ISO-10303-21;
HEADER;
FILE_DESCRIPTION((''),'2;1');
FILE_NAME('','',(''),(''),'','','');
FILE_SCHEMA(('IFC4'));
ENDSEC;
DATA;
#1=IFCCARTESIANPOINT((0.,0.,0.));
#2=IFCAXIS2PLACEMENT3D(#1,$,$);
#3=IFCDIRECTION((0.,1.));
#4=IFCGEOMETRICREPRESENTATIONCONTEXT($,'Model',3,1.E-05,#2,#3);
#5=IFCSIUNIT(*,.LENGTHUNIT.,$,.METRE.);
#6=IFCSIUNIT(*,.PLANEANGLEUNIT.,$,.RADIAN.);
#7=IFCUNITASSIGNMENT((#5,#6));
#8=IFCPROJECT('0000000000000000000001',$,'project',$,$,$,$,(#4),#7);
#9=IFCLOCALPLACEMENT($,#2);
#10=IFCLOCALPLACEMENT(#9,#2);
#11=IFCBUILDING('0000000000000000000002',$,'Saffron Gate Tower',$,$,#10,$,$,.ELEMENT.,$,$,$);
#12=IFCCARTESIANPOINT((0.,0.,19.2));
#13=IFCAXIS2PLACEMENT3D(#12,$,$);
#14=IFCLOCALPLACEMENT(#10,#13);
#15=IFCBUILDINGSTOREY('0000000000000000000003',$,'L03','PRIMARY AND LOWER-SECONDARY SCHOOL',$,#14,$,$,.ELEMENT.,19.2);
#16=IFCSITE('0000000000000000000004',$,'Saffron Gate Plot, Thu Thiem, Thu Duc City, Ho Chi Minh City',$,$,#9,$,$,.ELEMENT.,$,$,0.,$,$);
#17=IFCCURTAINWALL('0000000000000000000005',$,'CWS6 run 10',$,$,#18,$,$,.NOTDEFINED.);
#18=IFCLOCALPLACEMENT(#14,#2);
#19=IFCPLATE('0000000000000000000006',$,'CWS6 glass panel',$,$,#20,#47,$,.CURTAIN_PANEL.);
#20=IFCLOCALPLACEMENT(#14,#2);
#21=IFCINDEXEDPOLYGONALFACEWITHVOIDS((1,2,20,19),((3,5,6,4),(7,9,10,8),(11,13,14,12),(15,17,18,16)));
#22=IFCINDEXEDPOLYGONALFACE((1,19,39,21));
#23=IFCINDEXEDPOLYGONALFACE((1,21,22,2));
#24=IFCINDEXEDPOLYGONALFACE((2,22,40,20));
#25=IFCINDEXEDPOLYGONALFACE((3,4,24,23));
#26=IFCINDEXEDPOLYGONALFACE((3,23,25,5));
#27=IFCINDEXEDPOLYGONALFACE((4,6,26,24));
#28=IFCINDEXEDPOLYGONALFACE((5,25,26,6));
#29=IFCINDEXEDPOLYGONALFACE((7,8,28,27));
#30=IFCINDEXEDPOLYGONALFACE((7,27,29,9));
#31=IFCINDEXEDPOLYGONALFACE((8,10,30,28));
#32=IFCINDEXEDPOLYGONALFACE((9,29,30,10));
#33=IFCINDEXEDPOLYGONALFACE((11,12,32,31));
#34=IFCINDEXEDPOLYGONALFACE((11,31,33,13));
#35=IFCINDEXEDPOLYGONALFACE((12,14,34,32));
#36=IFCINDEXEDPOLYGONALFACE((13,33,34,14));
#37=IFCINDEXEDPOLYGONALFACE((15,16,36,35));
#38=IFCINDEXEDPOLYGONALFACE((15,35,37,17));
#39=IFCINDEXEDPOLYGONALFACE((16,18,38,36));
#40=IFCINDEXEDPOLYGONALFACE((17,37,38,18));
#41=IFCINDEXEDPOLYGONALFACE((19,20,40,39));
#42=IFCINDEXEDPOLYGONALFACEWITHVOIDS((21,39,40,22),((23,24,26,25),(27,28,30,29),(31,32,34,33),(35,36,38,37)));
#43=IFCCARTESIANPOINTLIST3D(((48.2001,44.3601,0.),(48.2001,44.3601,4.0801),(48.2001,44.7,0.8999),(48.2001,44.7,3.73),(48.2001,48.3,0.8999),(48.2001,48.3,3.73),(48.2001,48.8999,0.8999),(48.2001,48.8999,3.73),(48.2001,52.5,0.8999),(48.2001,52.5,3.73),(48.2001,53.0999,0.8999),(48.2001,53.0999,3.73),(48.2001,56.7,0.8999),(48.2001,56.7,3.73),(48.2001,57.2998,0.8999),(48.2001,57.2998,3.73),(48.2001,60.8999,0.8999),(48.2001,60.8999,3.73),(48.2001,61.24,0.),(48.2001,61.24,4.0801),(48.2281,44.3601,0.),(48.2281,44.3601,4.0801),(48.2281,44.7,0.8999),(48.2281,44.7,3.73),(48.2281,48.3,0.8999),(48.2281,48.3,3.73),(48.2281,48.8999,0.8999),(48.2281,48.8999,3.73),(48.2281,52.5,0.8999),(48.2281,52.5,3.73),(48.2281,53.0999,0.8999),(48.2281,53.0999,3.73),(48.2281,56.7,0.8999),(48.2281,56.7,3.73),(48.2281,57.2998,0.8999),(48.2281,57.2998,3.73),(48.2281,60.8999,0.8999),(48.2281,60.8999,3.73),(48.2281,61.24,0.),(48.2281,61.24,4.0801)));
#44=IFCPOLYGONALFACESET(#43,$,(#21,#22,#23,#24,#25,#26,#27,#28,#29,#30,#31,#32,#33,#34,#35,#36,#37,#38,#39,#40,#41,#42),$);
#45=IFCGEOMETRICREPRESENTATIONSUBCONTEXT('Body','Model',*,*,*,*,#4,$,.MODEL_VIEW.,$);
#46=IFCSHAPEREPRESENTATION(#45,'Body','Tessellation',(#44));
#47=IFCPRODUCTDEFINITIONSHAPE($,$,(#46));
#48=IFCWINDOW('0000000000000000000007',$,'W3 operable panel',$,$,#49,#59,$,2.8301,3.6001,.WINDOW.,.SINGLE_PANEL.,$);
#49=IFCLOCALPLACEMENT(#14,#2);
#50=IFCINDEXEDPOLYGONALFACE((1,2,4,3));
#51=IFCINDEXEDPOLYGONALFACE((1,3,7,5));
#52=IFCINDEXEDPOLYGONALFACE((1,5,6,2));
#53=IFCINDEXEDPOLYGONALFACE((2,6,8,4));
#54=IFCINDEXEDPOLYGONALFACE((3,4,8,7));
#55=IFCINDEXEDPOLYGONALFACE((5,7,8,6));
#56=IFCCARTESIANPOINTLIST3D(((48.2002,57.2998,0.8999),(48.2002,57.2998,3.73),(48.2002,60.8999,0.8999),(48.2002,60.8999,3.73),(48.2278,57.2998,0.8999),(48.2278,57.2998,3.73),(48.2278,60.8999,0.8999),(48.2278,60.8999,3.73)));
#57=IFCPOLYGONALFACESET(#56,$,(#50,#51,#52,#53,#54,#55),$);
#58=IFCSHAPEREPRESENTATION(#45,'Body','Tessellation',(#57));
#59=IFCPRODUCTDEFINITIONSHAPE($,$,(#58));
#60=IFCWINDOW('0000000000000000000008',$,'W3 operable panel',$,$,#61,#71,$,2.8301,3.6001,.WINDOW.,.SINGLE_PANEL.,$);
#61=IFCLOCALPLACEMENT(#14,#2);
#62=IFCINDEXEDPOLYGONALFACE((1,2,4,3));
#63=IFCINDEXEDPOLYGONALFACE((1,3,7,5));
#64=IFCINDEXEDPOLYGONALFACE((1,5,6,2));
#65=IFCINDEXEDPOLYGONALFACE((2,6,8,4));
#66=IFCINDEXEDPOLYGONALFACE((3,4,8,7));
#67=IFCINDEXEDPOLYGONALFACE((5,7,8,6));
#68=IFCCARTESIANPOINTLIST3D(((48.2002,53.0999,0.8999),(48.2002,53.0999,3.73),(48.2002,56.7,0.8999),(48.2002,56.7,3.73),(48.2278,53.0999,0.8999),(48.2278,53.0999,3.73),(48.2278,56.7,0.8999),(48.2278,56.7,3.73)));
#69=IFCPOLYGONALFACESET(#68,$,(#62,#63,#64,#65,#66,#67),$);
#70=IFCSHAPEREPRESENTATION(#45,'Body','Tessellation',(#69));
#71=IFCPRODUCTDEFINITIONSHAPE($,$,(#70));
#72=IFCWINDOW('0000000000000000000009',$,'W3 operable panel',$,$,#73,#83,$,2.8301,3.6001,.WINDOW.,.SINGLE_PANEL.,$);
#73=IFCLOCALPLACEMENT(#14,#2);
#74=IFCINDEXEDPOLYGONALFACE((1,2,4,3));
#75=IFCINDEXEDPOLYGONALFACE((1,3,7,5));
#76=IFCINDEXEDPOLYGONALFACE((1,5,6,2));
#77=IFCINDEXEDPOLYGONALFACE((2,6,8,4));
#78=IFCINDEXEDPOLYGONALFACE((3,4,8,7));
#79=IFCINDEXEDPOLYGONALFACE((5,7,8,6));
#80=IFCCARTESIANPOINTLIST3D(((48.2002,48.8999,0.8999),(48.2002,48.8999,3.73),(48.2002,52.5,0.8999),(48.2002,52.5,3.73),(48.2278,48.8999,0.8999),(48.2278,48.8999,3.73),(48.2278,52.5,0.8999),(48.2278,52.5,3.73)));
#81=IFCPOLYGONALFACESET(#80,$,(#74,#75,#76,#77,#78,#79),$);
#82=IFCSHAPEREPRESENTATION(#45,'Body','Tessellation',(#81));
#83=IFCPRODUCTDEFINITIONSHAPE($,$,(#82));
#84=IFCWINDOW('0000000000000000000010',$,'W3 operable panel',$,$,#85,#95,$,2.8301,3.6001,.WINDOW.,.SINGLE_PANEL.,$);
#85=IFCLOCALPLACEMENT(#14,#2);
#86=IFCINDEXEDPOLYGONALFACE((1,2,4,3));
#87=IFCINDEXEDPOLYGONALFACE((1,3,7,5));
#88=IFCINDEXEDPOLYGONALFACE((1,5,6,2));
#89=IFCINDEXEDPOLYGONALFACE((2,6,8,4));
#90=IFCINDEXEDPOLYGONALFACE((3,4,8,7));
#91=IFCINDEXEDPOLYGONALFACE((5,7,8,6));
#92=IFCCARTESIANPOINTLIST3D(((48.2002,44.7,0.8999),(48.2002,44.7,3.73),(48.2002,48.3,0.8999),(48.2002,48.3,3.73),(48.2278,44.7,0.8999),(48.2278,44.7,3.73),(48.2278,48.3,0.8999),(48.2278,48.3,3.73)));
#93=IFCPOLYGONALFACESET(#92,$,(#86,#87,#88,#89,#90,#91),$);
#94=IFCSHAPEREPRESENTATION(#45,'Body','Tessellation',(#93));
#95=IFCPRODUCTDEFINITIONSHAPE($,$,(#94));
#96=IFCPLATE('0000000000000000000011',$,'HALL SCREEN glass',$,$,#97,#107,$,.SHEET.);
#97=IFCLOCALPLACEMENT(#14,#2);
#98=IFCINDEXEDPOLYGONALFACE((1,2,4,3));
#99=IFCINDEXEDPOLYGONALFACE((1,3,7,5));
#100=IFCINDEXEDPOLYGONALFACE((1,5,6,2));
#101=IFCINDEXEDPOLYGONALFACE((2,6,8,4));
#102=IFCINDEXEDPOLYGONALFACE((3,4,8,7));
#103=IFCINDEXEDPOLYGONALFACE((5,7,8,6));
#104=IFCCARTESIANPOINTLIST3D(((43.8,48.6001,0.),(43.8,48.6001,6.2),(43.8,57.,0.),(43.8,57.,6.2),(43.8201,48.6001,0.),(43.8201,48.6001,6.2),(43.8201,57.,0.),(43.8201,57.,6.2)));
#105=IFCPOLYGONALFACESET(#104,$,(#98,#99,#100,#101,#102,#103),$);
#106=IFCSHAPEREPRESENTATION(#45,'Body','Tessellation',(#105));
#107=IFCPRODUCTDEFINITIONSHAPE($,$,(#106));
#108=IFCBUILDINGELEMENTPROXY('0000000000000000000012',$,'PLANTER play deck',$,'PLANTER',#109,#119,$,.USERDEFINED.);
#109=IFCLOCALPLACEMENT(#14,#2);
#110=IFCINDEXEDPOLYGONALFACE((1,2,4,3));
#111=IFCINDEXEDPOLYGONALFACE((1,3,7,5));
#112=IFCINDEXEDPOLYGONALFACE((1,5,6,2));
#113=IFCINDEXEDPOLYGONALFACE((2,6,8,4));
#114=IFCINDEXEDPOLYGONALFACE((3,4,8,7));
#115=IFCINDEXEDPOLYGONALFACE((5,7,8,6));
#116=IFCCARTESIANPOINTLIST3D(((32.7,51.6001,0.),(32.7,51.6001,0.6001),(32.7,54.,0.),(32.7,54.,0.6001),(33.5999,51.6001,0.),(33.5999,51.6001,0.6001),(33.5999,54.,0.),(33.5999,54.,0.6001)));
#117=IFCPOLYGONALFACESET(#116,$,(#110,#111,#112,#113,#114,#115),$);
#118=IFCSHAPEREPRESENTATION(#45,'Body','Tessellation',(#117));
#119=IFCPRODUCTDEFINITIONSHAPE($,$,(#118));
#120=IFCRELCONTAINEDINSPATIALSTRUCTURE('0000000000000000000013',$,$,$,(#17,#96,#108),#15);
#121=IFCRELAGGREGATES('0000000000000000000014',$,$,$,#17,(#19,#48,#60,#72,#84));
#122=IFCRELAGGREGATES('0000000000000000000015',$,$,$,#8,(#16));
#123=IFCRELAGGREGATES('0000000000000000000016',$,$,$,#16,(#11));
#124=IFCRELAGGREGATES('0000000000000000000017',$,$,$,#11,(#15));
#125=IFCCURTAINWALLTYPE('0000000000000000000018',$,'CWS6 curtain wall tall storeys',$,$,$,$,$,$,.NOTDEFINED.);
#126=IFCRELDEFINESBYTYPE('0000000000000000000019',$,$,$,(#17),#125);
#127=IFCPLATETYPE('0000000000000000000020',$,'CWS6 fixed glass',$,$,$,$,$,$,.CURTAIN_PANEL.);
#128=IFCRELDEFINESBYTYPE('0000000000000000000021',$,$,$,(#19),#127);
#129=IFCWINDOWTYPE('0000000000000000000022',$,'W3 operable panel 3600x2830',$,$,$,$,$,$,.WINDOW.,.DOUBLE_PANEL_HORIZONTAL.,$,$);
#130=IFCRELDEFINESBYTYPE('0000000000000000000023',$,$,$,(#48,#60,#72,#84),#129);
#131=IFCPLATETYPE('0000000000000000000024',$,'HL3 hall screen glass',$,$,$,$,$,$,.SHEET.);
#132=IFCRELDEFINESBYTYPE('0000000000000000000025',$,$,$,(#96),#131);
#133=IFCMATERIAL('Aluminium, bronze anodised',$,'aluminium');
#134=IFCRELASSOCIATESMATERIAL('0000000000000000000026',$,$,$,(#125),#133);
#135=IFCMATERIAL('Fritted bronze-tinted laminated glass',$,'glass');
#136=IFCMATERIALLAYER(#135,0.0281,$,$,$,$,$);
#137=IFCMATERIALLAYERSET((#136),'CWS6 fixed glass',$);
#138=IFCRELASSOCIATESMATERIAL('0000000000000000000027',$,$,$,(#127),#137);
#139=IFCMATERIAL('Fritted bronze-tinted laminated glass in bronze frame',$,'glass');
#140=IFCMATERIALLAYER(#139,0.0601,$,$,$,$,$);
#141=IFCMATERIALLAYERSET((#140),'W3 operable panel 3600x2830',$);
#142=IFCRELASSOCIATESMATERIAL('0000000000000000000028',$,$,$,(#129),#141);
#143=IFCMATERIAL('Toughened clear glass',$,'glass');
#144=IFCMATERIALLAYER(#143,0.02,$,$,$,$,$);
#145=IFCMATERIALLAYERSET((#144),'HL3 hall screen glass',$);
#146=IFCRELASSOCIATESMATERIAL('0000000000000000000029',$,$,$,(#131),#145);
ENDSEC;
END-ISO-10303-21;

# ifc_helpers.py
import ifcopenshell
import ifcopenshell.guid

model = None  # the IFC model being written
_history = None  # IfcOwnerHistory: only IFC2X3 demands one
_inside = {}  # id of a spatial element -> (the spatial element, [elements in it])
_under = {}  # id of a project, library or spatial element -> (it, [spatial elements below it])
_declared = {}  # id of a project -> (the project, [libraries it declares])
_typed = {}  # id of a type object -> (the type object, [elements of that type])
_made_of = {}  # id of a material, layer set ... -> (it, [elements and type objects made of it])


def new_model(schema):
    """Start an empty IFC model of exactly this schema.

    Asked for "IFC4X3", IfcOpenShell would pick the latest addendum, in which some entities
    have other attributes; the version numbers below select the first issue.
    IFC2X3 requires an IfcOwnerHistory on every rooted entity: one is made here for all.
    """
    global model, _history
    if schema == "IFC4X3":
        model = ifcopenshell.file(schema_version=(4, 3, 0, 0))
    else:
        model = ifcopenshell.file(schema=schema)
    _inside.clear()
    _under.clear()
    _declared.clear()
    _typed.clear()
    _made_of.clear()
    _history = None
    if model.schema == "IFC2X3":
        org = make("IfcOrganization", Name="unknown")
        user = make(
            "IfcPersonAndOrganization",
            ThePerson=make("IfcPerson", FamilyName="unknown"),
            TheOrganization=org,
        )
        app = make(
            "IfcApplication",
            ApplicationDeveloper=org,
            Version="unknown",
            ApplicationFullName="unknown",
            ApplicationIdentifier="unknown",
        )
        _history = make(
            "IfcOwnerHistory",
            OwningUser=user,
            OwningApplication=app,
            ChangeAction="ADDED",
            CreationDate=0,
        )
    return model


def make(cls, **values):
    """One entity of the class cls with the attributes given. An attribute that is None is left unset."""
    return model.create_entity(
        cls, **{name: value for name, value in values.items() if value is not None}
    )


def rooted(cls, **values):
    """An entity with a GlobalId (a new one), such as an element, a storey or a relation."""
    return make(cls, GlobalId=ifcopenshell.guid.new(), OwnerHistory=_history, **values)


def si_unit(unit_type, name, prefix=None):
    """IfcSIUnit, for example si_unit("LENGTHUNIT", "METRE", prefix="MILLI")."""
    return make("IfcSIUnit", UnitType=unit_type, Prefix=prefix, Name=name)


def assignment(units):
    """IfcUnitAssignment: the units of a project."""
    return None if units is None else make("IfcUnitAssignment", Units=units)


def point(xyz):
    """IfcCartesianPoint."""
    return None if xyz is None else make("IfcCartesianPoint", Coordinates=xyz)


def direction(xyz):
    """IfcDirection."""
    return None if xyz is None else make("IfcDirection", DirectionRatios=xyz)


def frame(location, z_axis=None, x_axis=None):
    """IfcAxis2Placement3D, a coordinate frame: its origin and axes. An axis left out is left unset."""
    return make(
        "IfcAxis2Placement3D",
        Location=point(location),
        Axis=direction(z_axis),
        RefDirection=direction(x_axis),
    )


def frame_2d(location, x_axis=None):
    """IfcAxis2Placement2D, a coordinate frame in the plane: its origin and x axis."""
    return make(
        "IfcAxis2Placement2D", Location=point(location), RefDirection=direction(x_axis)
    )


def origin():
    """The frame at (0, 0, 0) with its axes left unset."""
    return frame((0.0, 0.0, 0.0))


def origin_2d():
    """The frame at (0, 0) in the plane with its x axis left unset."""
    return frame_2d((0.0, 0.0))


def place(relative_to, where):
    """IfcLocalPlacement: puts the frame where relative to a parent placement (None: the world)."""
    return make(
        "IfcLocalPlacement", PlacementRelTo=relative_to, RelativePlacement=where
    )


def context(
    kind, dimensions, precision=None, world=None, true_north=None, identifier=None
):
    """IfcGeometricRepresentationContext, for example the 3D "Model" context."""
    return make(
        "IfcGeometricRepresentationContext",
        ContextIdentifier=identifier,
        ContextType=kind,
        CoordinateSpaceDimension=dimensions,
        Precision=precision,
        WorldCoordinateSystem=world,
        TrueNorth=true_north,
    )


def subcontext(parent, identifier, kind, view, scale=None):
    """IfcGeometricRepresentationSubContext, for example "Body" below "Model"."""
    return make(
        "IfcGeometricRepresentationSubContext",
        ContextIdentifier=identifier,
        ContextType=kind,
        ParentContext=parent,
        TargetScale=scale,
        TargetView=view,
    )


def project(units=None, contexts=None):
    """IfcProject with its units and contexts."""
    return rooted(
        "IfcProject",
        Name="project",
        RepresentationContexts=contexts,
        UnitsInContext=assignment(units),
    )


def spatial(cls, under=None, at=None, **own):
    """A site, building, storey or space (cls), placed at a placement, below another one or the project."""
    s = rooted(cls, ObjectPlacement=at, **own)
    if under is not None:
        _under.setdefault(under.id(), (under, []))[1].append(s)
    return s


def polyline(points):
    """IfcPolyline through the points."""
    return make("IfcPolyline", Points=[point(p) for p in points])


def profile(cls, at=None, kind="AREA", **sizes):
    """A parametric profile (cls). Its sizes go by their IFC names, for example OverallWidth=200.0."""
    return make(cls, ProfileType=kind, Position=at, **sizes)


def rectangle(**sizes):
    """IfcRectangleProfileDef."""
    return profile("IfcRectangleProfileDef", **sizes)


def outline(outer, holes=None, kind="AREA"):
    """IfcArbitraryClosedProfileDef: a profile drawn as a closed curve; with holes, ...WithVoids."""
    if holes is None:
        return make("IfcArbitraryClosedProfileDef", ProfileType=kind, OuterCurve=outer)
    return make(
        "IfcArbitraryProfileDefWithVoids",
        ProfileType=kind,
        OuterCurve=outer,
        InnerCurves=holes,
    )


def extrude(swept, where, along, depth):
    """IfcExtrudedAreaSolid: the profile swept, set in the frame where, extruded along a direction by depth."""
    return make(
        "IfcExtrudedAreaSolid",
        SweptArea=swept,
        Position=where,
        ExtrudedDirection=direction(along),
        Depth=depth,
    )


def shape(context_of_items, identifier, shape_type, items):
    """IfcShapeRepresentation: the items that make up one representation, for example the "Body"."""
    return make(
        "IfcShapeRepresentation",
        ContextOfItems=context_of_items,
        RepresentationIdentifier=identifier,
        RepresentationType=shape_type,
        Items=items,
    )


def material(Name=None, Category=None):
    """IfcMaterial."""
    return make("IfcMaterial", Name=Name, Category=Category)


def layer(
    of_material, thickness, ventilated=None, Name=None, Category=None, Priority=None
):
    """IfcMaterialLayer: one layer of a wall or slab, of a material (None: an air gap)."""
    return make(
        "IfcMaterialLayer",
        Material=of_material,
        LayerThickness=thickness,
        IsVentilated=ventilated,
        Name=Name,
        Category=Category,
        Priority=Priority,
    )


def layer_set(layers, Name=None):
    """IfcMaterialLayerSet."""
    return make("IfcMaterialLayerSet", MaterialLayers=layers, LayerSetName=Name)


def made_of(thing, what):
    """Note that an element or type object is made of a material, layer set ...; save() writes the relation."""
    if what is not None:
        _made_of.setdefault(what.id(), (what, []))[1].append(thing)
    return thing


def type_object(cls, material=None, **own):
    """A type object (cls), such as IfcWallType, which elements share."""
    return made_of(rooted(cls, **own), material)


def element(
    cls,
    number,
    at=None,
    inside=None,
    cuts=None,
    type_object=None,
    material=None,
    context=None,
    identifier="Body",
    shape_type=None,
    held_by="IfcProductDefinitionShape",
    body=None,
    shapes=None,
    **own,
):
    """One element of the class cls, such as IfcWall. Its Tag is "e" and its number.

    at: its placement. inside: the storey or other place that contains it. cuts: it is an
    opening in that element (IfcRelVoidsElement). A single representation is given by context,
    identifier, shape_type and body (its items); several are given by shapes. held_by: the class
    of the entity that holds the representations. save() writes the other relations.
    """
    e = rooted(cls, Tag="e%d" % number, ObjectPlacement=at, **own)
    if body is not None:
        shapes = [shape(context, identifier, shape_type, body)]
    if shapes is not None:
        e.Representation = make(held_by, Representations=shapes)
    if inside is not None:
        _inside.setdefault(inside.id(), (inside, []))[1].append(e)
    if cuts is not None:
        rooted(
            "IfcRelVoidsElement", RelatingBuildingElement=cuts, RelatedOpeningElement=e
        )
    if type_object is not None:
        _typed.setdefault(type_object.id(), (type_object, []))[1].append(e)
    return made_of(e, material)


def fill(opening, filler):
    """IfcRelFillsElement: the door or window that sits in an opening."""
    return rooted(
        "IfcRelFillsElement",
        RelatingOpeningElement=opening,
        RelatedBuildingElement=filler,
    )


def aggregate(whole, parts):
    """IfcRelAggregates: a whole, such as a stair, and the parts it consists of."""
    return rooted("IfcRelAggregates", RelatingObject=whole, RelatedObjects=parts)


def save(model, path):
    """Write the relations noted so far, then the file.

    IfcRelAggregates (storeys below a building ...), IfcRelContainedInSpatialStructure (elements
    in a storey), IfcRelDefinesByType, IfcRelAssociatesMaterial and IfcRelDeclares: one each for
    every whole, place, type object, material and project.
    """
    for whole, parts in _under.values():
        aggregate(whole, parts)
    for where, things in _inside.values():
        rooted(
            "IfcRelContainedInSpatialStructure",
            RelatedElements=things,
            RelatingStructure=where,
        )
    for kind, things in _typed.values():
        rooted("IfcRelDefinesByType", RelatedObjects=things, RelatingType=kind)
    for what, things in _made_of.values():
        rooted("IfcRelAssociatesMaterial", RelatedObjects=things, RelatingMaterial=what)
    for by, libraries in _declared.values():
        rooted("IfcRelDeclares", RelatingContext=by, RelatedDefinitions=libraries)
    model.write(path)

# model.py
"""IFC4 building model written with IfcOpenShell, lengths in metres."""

from ifc_helpers import new_model, si_unit, direction, frame, frame_2d, origin, origin_2d, place, context, subcontext, project, spatial, polyline, rectangle, outline, extrude, material, layer, layer_set, type_object, element, fill, aggregate, save


model = new_model("IFC4")

# Units and contexts
model_context = context("Model", 3, precision=1e-05, world=origin(), true_north=direction((0.0, 1.0)))
body_context = subcontext(model_context, "Body", "Model", "MODEL_VIEW")
ifc_project = project(units=[si_unit("LENGTHUNIT", "METRE"), si_unit("PLANEANGLEUNIT", "RADIAN")], contexts=[model_context])

# Site, building, storey
site_placement = place(None, origin())
site = spatial("IfcSite", under=ifc_project, at=site_placement, Name="Saffron Gate Plot, Thu Thiem, Thu Duc City, Ho Chi Minh City", CompositionType="ELEMENT", RefElevation=0.0)
building_placement = place(site_placement, origin())
building = spatial("IfcBuilding", under=site, at=building_placement, Name="Saffron Gate Tower", CompositionType="ELEMENT")
storey_placement = place(building_placement, frame((0.0, 0.0, 19.2)))
storey = spatial("IfcBuildingStorey", under=building, at=storey_placement, Name="L03", Description="PRIMARY AND LOWER-SECONDARY SCHOOL", CompositionType="ELEMENT", Elevation=19.2)

# Curtain wall
ifc_material_1 = material(Name="Aluminium, bronze anodised", Category="aluminium")
curtain_wall_type = type_object("IfcCurtainWallType", Name="CWS6 curtain wall tall storeys", PredefinedType="NOTDEFINED", material=ifc_material_1)
curtain_wall_placement = place(storey_placement, origin())
curtain_wall = element("IfcCurtainWall", 1, at=curtain_wall_placement, inside=storey, type_object=curtain_wall_type, Name="CWS6 run 10", PredefinedType="NOTDEFINED")

# Plate, openings, windows
ifc_material_2 = material(Name="Fritted bronze-tinted laminated glass", Category="glass")
ifc_layer_1 = layer(ifc_material_2, 0.0281)
ifc_layer_set_1 = layer_set([ifc_layer_1], Name="CWS6 fixed glass")
plate_type_1 = type_object("IfcPlateType", Name="CWS6 fixed glass", PredefinedType="CURTAIN_PANEL", material=ifc_layer_set_1)
plate_1_placement = place(storey_placement, frame((48.2141, 61.24, 0.0), z_axis=(0.0, 0.0, 1.0), x_axis=(0.0, -1.0, 0.0)))
plate_1 = element("IfcPlate", 2, at=plate_1_placement, type_object=plate_type_1, Name="CWS6 glass panel", PredefinedType="CURTAIN_PANEL", context=body_context, shape_type="SweptSolid", body=[
    extrude(rectangle(XDim=16.8799, YDim=0.0281, at=frame_2d((8.4399, 0.0))), origin(), (0.0, 0.0, 1.0), 4.0801),
])
opening_1_placement = place(plate_1_placement, frame((0.3401, 0.0, 0.8999)))
opening_1 = element("IfcOpeningElement", 3, at=opening_1_placement, cuts=plate_1, PredefinedType="OPENING", context=body_context, shape_type="SweptSolid", body=[
    extrude(rectangle(XDim=3.6001, YDim=2.8301, at=frame_2d((1.8, 1.415))), frame((0.0, 0.0239, 0.0), z_axis=(0.0, -1.0, 0.0), x_axis=(1.0, 0.0, 0.0)), (0.0, 0.0, 1.0), 0.0481),
])
opening_2_placement = place(plate_1_placement, frame((4.54, 0.0, 0.8999)))
opening_2 = element("IfcOpeningElement", 4, at=opening_2_placement, cuts=plate_1, PredefinedType="OPENING", context=body_context, shape_type="SweptSolid", body=[
    extrude(rectangle(XDim=3.6001, YDim=2.8301, at=frame_2d((1.8, 1.415))), frame((0.0, 0.0239, 0.0), z_axis=(0.0, -1.0, 0.0), x_axis=(1.0, 0.0, 0.0)), (0.0, 0.0, 1.0), 0.0481),
])
opening_3_placement = place(plate_1_placement, frame((8.74, 0.0, 0.8999)))
opening_3 = element("IfcOpeningElement", 5, at=opening_3_placement, cuts=plate_1, PredefinedType="OPENING", context=body_context, shape_type="SweptSolid", body=[
    extrude(rectangle(XDim=3.6001, YDim=2.8301, at=frame_2d((1.8, 1.415))), frame((0.0, 0.0239, 0.0), z_axis=(0.0, -1.0, 0.0), x_axis=(1.0, 0.0, 0.0)), (0.0, 0.0, 1.0), 0.0481),
])
opening_4_placement = place(plate_1_placement, frame((12.9399, 0.0, 0.8999)))
opening_4 = element("IfcOpeningElement", 6, at=opening_4_placement, cuts=plate_1, PredefinedType="OPENING", context=body_context, shape_type="SweptSolid", body=[
    extrude(rectangle(XDim=3.6001, YDim=2.8301, at=frame_2d((1.8, 1.415))), frame((0.0, 0.0239, 0.0), z_axis=(0.0, -1.0, 0.0), x_axis=(1.0, 0.0, 0.0)), (0.0, 0.0, 1.0), 0.0481),
])
ifc_material_3 = material(Name="Fritted bronze-tinted laminated glass in bronze frame", Category="glass")
ifc_layer_2 = layer(ifc_material_3, 0.0601)
ifc_layer_set_2 = layer_set([ifc_layer_2], Name="W3 operable panel 3600x2830")
window_type_1 = type_object("IfcWindowType", Name="W3 operable panel 3600x2830", PartitioningType="DOUBLE_PANEL_HORIZONTAL", PredefinedType="WINDOW", material=ifc_layer_set_2)
window_1_placement = place(opening_1_placement, origin())
window_1 = element("IfcWindow", 7, at=window_1_placement, type_object=window_type_1, Name="W3 operable panel", OverallHeight=2.8301, OverallWidth=3.6001, PartitioningType="SINGLE_PANEL", PredefinedType="WINDOW", context=body_context, shape_type="SweptSolid", body=[
    extrude(rectangle(XDim=3.6001, YDim=2.8301, at=frame_2d((1.8, 1.415))), frame((0.0, 0.0137, 0.0), z_axis=(0.0, -1.0, 0.0), x_axis=(1.0, 0.0, 0.0)), (0.0, 0.0, 1.0), 0.0276),
])
fill(opening_1, window_1)
window_2_placement = place(opening_2_placement, origin())
window_2 = element("IfcWindow", 8, at=window_2_placement, type_object=window_type_1, Name="W3 operable panel", OverallHeight=2.8301, OverallWidth=3.6001, PartitioningType="SINGLE_PANEL", PredefinedType="WINDOW", context=body_context, shape_type="SweptSolid", body=[
    extrude(rectangle(XDim=3.6001, YDim=2.8301, at=frame_2d((1.8, 1.415))), frame((0.0, 0.0137, 0.0), z_axis=(0.0, -1.0, 0.0), x_axis=(1.0, 0.0, 0.0)), (0.0, 0.0, 1.0), 0.0276),
])
fill(opening_2, window_2)
window_3_placement = place(opening_3_placement, origin())
window_3 = element("IfcWindow", 9, at=window_3_placement, type_object=window_type_1, Name="W3 operable panel", OverallHeight=2.8301, OverallWidth=3.6001, PartitioningType="SINGLE_PANEL", PredefinedType="WINDOW", context=body_context, shape_type="SweptSolid", body=[
    extrude(rectangle(XDim=3.6001, YDim=2.8301, at=frame_2d((1.8, 1.415))), frame((0.0, 0.0137, 0.0), z_axis=(0.0, -1.0, 0.0), x_axis=(1.0, 0.0, 0.0)), (0.0, 0.0, 1.0), 0.0276),
])
fill(opening_3, window_3)
window_4_placement = place(opening_4_placement, origin())
window_4 = element("IfcWindow", 10, at=window_4_placement, type_object=window_type_1, Name="W3 operable panel", OverallHeight=2.8301, OverallWidth=3.6001, PartitioningType="SINGLE_PANEL", PredefinedType="WINDOW", context=body_context, shape_type="SweptSolid", body=[
    extrude(rectangle(XDim=3.6001, YDim=2.8301, at=frame_2d((1.8, 1.415))), frame((0.0, 0.0137, 0.0), z_axis=(0.0, -1.0, 0.0), x_axis=(1.0, 0.0, 0.0)), (0.0, 0.0, 1.0), 0.0276),
])
fill(opening_4, window_4)
aggregate(curtain_wall, [plate_1, window_1, window_2, window_3, window_4])

# Plate
ifc_material_4 = material(Name="Toughened clear glass", Category="glass")
ifc_layer_3 = layer(ifc_material_4, 0.02)
ifc_layer_set_3 = layer_set([ifc_layer_3], Name="HL3 hall screen glass")
plate_type_2 = type_object("IfcPlateType", Name="HL3 hall screen glass", PredefinedType="SHEET", material=ifc_layer_set_3)
plate_2_placement = place(storey_placement, frame((43.8, 57.0, 0.0), z_axis=(-1.0, 0.0, 0.0), x_axis=(0.0, -1.0, 0.0)))
element("IfcPlate", 11, at=plate_2_placement, inside=storey, type_object=plate_type_2, Name="HALL SCREEN glass", PredefinedType="SHEET", context=body_context, shape_type="SweptSolid", body=[
    extrude(outline(polyline([(0.0, 0.0), (8.3999, 0.0), (8.3999, 6.2), (0.0, 6.2), (0.0, 0.0)])), origin(), (0.0, 0.0, -1.0), 0.02),
])

# Building element proxy
proxy_placement = place(storey_placement, frame((33.1499, 52.8, 0.0), z_axis=(0.0, 0.0, 1.0), x_axis=(0.0, 1.0, 0.0)))
element("IfcBuildingElementProxy", 12, at=proxy_placement, inside=storey, Name="PLANTER play deck", ObjectType="PLANTER", PredefinedType="USERDEFINED", context=body_context, shape_type="SweptSolid", body=[
    extrude(rectangle(XDim=2.3999, YDim=0.8999, at=origin_2d()), origin(), (0.0, 0.0, 1.0), 0.6001),
])

save(model, "model.ifc")
